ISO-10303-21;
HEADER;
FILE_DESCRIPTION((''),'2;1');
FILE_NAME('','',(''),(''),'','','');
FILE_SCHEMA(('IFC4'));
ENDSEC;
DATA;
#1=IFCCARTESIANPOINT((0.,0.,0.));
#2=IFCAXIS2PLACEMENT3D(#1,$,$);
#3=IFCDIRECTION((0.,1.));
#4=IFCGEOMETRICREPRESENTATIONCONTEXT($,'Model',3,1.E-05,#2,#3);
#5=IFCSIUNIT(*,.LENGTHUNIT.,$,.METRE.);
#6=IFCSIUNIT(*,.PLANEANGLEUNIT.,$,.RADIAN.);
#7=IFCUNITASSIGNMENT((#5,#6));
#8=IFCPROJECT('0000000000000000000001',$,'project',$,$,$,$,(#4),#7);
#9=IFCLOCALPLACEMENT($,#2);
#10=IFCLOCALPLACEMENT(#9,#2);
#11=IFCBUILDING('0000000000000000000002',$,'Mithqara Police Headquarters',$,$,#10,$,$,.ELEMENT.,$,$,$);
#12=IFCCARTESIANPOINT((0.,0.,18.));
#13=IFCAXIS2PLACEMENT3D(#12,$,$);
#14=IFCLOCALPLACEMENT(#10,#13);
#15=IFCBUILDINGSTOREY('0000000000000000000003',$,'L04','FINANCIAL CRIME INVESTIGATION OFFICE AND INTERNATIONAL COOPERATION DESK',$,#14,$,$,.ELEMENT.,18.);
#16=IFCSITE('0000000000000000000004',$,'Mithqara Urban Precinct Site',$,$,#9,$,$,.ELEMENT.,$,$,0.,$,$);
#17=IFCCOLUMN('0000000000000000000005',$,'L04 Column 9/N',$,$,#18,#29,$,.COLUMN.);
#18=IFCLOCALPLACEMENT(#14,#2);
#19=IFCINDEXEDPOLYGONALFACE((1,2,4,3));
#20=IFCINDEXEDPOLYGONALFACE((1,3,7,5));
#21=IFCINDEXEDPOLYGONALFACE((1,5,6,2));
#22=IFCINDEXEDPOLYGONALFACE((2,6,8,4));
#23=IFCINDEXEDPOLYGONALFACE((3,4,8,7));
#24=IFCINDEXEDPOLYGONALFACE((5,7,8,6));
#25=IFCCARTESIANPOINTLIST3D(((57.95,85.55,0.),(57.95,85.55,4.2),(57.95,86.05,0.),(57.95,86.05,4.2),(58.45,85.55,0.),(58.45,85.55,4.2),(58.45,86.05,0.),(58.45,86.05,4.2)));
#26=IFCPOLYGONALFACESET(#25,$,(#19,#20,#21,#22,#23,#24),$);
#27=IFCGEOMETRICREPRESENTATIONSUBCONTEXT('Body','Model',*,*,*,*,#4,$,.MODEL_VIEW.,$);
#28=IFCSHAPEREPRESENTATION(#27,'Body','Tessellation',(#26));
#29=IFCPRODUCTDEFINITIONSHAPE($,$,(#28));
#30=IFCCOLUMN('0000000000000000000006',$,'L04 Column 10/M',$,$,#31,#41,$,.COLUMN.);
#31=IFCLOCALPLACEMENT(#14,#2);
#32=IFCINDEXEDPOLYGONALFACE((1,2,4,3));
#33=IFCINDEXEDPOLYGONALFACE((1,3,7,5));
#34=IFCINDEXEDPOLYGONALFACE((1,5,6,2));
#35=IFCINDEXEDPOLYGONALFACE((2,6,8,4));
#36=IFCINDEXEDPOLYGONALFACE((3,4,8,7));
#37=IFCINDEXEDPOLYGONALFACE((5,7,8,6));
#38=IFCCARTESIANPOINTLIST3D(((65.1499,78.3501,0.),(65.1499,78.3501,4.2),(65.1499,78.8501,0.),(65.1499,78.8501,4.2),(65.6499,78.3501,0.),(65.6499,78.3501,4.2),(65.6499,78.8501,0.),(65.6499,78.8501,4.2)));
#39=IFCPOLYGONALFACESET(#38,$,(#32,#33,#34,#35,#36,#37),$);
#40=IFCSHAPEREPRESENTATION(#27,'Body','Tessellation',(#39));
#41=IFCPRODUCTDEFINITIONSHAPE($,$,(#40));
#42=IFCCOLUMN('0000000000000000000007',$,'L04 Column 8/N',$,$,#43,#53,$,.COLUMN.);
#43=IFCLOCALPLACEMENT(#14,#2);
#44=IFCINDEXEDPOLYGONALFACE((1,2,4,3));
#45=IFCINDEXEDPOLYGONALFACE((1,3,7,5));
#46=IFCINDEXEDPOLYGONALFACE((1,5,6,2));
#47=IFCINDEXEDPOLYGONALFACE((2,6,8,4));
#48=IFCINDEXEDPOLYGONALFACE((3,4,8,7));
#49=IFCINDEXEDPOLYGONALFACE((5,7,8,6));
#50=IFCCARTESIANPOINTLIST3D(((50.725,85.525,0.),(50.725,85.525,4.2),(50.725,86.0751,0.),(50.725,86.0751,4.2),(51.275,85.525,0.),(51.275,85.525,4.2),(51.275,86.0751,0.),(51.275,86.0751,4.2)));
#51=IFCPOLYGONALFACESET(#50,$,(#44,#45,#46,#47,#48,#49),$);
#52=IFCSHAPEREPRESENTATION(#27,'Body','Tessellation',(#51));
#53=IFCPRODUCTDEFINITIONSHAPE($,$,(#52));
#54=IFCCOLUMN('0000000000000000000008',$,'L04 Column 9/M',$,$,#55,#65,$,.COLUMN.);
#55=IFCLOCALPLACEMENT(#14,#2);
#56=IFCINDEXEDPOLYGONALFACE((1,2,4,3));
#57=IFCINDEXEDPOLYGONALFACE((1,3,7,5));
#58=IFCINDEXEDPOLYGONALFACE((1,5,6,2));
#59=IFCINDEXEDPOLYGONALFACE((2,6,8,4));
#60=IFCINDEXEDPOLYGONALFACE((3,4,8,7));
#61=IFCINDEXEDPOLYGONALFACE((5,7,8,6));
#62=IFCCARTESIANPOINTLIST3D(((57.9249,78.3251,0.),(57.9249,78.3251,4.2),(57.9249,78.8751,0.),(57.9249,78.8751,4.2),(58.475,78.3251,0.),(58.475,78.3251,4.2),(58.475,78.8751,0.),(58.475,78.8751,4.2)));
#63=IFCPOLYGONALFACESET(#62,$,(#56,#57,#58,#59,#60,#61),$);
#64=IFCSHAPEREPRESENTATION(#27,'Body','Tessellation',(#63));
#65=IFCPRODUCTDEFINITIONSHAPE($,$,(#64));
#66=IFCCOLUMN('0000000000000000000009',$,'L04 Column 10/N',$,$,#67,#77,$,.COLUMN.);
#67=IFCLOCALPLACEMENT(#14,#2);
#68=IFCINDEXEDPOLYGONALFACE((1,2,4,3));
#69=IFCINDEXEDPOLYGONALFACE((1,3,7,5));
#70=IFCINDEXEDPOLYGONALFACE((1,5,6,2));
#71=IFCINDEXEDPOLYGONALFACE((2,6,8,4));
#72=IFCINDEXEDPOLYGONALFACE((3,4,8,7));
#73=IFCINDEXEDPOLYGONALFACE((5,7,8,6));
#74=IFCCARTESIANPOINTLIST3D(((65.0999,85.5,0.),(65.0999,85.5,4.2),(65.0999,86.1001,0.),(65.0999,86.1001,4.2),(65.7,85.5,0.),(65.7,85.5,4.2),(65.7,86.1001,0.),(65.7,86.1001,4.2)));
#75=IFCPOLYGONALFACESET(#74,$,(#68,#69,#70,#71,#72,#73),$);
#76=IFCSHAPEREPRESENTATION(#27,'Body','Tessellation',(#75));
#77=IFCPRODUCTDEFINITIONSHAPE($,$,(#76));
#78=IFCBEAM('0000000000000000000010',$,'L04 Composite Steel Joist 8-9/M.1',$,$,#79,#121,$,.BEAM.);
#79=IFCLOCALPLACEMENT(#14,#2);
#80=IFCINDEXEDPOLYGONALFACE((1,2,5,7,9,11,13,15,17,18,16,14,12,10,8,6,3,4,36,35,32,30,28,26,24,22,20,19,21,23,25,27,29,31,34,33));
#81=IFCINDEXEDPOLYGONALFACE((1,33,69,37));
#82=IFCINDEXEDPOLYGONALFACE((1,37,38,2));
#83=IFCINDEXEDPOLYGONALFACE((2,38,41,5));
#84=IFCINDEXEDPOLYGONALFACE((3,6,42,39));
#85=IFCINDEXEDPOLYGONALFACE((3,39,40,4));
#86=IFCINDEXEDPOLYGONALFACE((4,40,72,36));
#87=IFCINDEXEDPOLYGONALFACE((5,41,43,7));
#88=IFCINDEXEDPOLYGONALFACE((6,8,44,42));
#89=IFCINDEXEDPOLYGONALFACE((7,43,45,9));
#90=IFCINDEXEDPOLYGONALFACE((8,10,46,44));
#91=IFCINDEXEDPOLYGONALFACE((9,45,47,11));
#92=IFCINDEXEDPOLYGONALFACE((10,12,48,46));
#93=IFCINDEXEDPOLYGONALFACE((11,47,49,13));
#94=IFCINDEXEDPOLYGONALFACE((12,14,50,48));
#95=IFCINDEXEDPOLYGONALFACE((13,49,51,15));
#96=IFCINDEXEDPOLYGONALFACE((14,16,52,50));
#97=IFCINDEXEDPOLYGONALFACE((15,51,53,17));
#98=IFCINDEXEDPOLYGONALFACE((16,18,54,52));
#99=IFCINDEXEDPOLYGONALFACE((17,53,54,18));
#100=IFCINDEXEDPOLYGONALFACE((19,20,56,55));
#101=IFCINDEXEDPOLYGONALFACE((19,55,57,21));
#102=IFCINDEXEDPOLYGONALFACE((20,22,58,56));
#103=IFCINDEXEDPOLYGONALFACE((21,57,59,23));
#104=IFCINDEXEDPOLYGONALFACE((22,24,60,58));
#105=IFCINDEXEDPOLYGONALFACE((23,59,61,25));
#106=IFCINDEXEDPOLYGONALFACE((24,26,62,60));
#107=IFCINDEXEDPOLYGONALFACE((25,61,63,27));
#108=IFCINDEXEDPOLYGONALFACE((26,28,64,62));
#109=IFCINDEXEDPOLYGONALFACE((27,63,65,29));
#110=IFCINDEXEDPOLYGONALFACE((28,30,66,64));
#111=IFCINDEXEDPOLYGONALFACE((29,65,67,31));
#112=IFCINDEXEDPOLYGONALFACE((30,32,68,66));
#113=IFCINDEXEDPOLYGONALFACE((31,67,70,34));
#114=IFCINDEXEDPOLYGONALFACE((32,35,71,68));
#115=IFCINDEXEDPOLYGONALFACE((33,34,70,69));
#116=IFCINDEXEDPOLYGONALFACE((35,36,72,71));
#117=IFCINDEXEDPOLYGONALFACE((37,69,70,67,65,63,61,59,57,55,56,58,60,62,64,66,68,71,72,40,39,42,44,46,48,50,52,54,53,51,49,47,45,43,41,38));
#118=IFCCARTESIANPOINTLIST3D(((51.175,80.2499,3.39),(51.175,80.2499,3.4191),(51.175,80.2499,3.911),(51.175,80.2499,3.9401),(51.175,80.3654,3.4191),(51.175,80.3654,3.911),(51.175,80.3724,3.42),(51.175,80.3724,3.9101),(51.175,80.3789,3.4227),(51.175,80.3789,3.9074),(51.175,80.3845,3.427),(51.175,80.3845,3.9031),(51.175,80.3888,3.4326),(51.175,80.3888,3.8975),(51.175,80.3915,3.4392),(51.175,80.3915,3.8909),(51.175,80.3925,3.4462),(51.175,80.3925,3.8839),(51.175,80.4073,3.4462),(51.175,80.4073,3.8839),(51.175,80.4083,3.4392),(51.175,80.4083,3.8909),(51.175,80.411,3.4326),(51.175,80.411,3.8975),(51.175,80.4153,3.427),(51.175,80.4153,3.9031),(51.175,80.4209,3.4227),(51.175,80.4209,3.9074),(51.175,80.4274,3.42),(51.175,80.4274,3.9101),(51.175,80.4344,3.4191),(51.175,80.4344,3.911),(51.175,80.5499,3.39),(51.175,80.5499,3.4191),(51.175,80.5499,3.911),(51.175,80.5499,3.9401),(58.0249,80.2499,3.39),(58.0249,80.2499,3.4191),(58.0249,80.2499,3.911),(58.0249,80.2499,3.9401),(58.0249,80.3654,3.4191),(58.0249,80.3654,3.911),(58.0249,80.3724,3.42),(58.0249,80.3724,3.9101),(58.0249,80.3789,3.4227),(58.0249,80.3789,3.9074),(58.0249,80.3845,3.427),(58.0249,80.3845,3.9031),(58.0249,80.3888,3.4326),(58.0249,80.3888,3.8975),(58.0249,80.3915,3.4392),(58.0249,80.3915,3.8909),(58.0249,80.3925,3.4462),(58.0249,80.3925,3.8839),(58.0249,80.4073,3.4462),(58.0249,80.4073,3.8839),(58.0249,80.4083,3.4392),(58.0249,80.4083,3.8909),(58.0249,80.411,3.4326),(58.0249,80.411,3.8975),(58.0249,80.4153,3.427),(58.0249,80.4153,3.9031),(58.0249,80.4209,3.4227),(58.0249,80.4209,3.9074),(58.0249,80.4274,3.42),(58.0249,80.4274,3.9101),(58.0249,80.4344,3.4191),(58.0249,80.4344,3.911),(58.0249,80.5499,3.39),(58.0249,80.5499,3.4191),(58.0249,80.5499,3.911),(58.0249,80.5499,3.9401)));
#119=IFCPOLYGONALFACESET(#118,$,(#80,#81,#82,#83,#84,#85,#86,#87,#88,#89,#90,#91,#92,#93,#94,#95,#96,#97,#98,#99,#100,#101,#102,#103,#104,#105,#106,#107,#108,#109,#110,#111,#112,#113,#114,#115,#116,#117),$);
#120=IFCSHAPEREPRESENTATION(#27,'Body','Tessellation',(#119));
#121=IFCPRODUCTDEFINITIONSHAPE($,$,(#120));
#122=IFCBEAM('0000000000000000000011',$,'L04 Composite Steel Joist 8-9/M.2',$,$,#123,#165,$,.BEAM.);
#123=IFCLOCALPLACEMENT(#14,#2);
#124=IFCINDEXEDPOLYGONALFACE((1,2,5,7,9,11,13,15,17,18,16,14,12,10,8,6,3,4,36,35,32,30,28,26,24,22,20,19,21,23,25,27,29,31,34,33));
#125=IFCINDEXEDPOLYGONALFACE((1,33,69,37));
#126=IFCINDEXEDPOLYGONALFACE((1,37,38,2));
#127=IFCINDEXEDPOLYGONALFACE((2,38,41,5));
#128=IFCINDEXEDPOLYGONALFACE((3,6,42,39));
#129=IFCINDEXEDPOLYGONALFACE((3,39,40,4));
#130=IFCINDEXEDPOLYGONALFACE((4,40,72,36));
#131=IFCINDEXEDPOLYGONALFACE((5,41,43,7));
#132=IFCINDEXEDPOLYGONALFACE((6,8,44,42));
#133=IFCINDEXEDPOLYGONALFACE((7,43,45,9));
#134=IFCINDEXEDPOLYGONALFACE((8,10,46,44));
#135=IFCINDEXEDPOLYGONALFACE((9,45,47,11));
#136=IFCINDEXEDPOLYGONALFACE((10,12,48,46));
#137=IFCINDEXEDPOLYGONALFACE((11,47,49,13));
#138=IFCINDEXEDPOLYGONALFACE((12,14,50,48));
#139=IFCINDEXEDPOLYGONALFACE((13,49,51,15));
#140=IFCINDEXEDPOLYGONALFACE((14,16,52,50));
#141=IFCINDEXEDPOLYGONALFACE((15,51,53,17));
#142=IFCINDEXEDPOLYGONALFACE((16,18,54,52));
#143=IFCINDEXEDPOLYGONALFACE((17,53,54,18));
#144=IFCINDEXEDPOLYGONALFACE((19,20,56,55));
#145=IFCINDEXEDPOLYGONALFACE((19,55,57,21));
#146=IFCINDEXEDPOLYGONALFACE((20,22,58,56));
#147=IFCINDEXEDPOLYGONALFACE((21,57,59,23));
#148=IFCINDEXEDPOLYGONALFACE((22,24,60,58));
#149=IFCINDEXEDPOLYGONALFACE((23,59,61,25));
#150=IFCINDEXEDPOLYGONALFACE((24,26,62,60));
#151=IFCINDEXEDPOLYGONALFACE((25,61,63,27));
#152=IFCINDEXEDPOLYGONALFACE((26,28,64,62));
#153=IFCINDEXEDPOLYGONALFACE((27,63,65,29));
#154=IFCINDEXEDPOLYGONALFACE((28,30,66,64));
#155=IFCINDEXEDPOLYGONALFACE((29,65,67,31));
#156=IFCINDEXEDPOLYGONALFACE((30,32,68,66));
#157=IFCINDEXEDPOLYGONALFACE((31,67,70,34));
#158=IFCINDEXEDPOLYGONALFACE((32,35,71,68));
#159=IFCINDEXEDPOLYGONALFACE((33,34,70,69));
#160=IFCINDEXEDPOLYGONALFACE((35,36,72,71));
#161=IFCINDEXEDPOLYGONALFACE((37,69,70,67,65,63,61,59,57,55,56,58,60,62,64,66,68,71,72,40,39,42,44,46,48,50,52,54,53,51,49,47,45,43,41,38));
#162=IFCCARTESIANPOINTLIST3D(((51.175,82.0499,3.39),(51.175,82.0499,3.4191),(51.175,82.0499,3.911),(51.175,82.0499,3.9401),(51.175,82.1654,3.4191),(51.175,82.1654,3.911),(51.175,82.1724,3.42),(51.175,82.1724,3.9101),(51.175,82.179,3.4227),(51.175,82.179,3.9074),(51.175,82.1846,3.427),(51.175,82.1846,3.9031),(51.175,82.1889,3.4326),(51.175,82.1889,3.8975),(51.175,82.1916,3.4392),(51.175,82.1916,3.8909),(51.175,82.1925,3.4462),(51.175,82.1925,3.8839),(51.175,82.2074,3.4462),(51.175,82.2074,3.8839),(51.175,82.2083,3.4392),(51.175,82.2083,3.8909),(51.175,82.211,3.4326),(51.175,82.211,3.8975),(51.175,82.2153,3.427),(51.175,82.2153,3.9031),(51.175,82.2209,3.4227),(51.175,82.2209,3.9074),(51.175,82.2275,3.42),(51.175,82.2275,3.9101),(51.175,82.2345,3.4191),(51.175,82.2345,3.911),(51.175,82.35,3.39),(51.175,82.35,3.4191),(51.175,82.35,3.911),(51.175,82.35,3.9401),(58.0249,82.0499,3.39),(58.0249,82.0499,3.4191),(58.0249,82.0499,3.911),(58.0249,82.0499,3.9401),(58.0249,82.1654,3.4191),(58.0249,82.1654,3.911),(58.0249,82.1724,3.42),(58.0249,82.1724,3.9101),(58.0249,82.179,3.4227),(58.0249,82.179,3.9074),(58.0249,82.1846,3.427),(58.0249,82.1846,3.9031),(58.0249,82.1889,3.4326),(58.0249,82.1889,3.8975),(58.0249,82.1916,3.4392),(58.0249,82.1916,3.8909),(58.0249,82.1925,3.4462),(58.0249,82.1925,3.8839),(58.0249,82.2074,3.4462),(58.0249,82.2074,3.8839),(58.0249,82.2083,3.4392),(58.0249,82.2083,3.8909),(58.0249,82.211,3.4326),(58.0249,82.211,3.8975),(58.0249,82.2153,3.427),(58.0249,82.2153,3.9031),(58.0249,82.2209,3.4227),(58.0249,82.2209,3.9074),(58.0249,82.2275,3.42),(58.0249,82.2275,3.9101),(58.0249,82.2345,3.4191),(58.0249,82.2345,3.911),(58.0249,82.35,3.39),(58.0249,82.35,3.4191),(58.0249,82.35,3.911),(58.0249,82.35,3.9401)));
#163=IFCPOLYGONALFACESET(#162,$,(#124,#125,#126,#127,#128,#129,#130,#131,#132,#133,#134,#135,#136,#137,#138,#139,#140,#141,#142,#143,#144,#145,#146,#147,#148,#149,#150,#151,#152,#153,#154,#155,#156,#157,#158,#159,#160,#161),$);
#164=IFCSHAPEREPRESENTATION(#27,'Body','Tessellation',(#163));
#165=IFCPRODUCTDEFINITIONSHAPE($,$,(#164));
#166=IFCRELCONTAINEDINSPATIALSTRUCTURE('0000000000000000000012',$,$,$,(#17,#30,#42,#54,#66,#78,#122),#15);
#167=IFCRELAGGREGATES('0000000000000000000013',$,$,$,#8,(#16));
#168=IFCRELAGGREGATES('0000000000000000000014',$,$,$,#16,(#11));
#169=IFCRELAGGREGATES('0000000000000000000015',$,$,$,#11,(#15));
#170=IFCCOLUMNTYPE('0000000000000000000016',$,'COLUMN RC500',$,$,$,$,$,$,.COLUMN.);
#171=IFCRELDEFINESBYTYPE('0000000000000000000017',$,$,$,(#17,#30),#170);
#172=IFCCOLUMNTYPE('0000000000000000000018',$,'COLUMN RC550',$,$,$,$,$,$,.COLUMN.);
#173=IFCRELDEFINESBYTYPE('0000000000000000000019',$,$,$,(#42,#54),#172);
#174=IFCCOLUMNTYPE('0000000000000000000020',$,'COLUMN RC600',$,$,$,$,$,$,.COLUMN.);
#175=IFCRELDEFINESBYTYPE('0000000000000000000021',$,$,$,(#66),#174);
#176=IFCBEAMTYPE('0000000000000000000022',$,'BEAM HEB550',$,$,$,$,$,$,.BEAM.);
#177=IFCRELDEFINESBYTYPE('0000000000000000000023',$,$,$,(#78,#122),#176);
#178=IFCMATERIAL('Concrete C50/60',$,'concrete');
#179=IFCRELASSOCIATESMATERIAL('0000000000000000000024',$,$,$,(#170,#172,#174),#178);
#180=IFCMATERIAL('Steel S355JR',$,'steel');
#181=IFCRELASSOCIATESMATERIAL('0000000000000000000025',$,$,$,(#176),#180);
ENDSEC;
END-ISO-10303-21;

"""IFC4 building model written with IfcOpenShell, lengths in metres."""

from ifc_helpers import new_model, si_unit, direction, frame, origin, origin_2d, place, context, subcontext, project, spatial, rectangle, i_section, extrude, material, material_profile, profile_set, type_object, element, save


model = new_model("IFC4")

# Units and contexts
model_context = context("Model", 3, precision=1e-05, world=origin(), true_north=direction((0.0, 1.0)))
body_context = subcontext(model_context, "Body", "Model", "MODEL_VIEW")
ifc_project = project(units=[si_unit("LENGTHUNIT", "METRE"), si_unit("PLANEANGLEUNIT", "RADIAN")], contexts=[model_context])

# Site, building, storey
site_placement = place(None, origin())
site = spatial("IfcSite", under=ifc_project, at=site_placement, Name="Mithqara Urban Precinct Site", CompositionType="ELEMENT", RefElevation=0.0)
building_placement = place(site_placement, origin())
building = spatial("IfcBuilding", under=site, at=building_placement, Name="Mithqara Police Headquarters", CompositionType="ELEMENT")
storey_placement = place(building_placement, frame((0.0, 0.0, 18.0)))
storey = spatial("IfcBuildingStorey", under=building, at=storey_placement, Name="L04", Description="FINANCIAL CRIME INVESTIGATION OFFICE AND INTERNATIONAL COOPERATION DESK", CompositionType="ELEMENT", Elevation=18.0)

# Columns
ifc_material_1 = material(Name="Concrete C50/60", Category="concrete")
ifc_material_profile_1 = material_profile(ifc_material_1, rectangle(XDim=0.5, YDim=0.5, at=origin_2d()), Name="RC 500x500")
ifc_profile_set_1 = profile_set([ifc_material_profile_1], Name="Concrete C50/60")
column_type_1 = type_object("IfcColumnType", Name="COLUMN RC500", PredefinedType="COLUMN", material=ifc_profile_set_1)
for number, where, z_axis, x_axis, name in (
    (1, (58.2, 85.8, 0.0), (0.0, 0.0, 1.0), (1.0, 0.0, 0.0), "L04 Column 9/N"),
    (2, (65.3999, 78.6001, 0.0), (0.0, 0.0, 1.0), (1.0, 0.0, 0.0), "L04 Column 10/M"),
):
    element("IfcColumn", number, at=place(storey_placement, frame(where, z_axis=z_axis, x_axis=x_axis)), inside=storey, type_object=column_type_1, Name=name, PredefinedType="COLUMN", context=body_context, shape_type="SweptSolid", body=[
        extrude(rectangle(XDim=0.5, YDim=0.5, at=origin_2d()), origin(), (0.0, 0.0, 1.0), 4.2),
    ])
ifc_material_profile_2 = material_profile(ifc_material_1, rectangle(XDim=0.55, YDim=0.55, at=origin_2d()), Name="RC 550x550")
ifc_profile_set_2 = profile_set([ifc_material_profile_2], Name="Concrete C50/60")
column_type_2 = type_object("IfcColumnType", Name="COLUMN RC550", PredefinedType="COLUMN", material=ifc_profile_set_2)
for number, where, z_axis, x_axis, name in (
    (3, (51.0, 85.8, 0.0), (0.0, 0.0, 1.0), (1.0, 0.0, 0.0), "L04 Column 8/N"),
    (4, (58.2, 78.6001, 0.0), (0.0, 0.0, 1.0), (1.0, 0.0, 0.0), "L04 Column 9/M"),
):
    element("IfcColumn", number, at=place(storey_placement, frame(where, z_axis=z_axis, x_axis=x_axis)), inside=storey, type_object=column_type_2, Name=name, PredefinedType="COLUMN", context=body_context, shape_type="SweptSolid", body=[
        extrude(rectangle(XDim=0.55, YDim=0.55, at=origin_2d()), origin(), (0.0, 0.0, 1.0), 4.2),
    ])
ifc_material_profile_3 = material_profile(ifc_material_1, rectangle(XDim=0.6001, YDim=0.6001, at=origin_2d()), Name="RC 600x600")
ifc_profile_set_3 = profile_set([ifc_material_profile_3], Name="Concrete C50/60")
column_type_3 = type_object("IfcColumnType", Name="COLUMN RC600", PredefinedType="COLUMN", material=ifc_profile_set_3)
column_placement = place(storey_placement, frame((65.3999, 85.8, 0.0), z_axis=(0.0, 0.0, 1.0), x_axis=(1.0, 0.0, 0.0)))
element("IfcColumn", 5, at=column_placement, inside=storey, type_object=column_type_3, Name="L04 Column 10/N", PredefinedType="COLUMN", context=body_context, shape_type="SweptSolid", body=[
    extrude(rectangle(XDim=0.6001, YDim=0.6001, at=origin_2d()), origin(), (0.0, 0.0, 1.0), 4.2),
])

# Beams
ifc_material_2 = material(Name="Steel S355JR", Category="steel")
ifc_material_profile_4 = material_profile(ifc_material_2, i_section(OverallWidth=0.3, OverallDepth=0.55, WebThickness=0.0149, FlangeThickness=0.0291, FilletRadius=0.0271, at=origin_2d()), Name="HEB 550")
ifc_profile_set_4 = profile_set([ifc_material_profile_4], Name="Steel S355JR")
beam_type_1 = type_object("IfcBeamType", Name="BEAM HEB550", PredefinedType="BEAM", material=ifc_profile_set_4)
for number, where, z_axis, x_axis, name in (
    (6, (51.175, 80.3999, 3.665), (1.0, 0.0, 0.0), (0.0, 1.0, 0.0), "L04 Composite Steel Joist 8-9/M.1"),
    (7, (51.175, 82.2, 3.665), (1.0, 0.0, 0.0), (0.0, 1.0, 0.0), "L04 Composite Steel Joist 8-9/M.2"),
):
    element("IfcBeam", number, at=place(storey_placement, frame(where, z_axis=z_axis, x_axis=x_axis)), inside=storey, type_object=beam_type_1, Name=name, PredefinedType="BEAM", context=body_context, shape_type="SweptSolid", body=[
        extrude(i_section(OverallWidth=0.3, OverallDepth=0.55, WebThickness=0.0149, FlangeThickness=0.0291, FilletRadius=0.0271, at=origin_2d()), origin(), (0.0, 0.0, 1.0), 6.8499),
    ])

save(model, "model.ifc")
